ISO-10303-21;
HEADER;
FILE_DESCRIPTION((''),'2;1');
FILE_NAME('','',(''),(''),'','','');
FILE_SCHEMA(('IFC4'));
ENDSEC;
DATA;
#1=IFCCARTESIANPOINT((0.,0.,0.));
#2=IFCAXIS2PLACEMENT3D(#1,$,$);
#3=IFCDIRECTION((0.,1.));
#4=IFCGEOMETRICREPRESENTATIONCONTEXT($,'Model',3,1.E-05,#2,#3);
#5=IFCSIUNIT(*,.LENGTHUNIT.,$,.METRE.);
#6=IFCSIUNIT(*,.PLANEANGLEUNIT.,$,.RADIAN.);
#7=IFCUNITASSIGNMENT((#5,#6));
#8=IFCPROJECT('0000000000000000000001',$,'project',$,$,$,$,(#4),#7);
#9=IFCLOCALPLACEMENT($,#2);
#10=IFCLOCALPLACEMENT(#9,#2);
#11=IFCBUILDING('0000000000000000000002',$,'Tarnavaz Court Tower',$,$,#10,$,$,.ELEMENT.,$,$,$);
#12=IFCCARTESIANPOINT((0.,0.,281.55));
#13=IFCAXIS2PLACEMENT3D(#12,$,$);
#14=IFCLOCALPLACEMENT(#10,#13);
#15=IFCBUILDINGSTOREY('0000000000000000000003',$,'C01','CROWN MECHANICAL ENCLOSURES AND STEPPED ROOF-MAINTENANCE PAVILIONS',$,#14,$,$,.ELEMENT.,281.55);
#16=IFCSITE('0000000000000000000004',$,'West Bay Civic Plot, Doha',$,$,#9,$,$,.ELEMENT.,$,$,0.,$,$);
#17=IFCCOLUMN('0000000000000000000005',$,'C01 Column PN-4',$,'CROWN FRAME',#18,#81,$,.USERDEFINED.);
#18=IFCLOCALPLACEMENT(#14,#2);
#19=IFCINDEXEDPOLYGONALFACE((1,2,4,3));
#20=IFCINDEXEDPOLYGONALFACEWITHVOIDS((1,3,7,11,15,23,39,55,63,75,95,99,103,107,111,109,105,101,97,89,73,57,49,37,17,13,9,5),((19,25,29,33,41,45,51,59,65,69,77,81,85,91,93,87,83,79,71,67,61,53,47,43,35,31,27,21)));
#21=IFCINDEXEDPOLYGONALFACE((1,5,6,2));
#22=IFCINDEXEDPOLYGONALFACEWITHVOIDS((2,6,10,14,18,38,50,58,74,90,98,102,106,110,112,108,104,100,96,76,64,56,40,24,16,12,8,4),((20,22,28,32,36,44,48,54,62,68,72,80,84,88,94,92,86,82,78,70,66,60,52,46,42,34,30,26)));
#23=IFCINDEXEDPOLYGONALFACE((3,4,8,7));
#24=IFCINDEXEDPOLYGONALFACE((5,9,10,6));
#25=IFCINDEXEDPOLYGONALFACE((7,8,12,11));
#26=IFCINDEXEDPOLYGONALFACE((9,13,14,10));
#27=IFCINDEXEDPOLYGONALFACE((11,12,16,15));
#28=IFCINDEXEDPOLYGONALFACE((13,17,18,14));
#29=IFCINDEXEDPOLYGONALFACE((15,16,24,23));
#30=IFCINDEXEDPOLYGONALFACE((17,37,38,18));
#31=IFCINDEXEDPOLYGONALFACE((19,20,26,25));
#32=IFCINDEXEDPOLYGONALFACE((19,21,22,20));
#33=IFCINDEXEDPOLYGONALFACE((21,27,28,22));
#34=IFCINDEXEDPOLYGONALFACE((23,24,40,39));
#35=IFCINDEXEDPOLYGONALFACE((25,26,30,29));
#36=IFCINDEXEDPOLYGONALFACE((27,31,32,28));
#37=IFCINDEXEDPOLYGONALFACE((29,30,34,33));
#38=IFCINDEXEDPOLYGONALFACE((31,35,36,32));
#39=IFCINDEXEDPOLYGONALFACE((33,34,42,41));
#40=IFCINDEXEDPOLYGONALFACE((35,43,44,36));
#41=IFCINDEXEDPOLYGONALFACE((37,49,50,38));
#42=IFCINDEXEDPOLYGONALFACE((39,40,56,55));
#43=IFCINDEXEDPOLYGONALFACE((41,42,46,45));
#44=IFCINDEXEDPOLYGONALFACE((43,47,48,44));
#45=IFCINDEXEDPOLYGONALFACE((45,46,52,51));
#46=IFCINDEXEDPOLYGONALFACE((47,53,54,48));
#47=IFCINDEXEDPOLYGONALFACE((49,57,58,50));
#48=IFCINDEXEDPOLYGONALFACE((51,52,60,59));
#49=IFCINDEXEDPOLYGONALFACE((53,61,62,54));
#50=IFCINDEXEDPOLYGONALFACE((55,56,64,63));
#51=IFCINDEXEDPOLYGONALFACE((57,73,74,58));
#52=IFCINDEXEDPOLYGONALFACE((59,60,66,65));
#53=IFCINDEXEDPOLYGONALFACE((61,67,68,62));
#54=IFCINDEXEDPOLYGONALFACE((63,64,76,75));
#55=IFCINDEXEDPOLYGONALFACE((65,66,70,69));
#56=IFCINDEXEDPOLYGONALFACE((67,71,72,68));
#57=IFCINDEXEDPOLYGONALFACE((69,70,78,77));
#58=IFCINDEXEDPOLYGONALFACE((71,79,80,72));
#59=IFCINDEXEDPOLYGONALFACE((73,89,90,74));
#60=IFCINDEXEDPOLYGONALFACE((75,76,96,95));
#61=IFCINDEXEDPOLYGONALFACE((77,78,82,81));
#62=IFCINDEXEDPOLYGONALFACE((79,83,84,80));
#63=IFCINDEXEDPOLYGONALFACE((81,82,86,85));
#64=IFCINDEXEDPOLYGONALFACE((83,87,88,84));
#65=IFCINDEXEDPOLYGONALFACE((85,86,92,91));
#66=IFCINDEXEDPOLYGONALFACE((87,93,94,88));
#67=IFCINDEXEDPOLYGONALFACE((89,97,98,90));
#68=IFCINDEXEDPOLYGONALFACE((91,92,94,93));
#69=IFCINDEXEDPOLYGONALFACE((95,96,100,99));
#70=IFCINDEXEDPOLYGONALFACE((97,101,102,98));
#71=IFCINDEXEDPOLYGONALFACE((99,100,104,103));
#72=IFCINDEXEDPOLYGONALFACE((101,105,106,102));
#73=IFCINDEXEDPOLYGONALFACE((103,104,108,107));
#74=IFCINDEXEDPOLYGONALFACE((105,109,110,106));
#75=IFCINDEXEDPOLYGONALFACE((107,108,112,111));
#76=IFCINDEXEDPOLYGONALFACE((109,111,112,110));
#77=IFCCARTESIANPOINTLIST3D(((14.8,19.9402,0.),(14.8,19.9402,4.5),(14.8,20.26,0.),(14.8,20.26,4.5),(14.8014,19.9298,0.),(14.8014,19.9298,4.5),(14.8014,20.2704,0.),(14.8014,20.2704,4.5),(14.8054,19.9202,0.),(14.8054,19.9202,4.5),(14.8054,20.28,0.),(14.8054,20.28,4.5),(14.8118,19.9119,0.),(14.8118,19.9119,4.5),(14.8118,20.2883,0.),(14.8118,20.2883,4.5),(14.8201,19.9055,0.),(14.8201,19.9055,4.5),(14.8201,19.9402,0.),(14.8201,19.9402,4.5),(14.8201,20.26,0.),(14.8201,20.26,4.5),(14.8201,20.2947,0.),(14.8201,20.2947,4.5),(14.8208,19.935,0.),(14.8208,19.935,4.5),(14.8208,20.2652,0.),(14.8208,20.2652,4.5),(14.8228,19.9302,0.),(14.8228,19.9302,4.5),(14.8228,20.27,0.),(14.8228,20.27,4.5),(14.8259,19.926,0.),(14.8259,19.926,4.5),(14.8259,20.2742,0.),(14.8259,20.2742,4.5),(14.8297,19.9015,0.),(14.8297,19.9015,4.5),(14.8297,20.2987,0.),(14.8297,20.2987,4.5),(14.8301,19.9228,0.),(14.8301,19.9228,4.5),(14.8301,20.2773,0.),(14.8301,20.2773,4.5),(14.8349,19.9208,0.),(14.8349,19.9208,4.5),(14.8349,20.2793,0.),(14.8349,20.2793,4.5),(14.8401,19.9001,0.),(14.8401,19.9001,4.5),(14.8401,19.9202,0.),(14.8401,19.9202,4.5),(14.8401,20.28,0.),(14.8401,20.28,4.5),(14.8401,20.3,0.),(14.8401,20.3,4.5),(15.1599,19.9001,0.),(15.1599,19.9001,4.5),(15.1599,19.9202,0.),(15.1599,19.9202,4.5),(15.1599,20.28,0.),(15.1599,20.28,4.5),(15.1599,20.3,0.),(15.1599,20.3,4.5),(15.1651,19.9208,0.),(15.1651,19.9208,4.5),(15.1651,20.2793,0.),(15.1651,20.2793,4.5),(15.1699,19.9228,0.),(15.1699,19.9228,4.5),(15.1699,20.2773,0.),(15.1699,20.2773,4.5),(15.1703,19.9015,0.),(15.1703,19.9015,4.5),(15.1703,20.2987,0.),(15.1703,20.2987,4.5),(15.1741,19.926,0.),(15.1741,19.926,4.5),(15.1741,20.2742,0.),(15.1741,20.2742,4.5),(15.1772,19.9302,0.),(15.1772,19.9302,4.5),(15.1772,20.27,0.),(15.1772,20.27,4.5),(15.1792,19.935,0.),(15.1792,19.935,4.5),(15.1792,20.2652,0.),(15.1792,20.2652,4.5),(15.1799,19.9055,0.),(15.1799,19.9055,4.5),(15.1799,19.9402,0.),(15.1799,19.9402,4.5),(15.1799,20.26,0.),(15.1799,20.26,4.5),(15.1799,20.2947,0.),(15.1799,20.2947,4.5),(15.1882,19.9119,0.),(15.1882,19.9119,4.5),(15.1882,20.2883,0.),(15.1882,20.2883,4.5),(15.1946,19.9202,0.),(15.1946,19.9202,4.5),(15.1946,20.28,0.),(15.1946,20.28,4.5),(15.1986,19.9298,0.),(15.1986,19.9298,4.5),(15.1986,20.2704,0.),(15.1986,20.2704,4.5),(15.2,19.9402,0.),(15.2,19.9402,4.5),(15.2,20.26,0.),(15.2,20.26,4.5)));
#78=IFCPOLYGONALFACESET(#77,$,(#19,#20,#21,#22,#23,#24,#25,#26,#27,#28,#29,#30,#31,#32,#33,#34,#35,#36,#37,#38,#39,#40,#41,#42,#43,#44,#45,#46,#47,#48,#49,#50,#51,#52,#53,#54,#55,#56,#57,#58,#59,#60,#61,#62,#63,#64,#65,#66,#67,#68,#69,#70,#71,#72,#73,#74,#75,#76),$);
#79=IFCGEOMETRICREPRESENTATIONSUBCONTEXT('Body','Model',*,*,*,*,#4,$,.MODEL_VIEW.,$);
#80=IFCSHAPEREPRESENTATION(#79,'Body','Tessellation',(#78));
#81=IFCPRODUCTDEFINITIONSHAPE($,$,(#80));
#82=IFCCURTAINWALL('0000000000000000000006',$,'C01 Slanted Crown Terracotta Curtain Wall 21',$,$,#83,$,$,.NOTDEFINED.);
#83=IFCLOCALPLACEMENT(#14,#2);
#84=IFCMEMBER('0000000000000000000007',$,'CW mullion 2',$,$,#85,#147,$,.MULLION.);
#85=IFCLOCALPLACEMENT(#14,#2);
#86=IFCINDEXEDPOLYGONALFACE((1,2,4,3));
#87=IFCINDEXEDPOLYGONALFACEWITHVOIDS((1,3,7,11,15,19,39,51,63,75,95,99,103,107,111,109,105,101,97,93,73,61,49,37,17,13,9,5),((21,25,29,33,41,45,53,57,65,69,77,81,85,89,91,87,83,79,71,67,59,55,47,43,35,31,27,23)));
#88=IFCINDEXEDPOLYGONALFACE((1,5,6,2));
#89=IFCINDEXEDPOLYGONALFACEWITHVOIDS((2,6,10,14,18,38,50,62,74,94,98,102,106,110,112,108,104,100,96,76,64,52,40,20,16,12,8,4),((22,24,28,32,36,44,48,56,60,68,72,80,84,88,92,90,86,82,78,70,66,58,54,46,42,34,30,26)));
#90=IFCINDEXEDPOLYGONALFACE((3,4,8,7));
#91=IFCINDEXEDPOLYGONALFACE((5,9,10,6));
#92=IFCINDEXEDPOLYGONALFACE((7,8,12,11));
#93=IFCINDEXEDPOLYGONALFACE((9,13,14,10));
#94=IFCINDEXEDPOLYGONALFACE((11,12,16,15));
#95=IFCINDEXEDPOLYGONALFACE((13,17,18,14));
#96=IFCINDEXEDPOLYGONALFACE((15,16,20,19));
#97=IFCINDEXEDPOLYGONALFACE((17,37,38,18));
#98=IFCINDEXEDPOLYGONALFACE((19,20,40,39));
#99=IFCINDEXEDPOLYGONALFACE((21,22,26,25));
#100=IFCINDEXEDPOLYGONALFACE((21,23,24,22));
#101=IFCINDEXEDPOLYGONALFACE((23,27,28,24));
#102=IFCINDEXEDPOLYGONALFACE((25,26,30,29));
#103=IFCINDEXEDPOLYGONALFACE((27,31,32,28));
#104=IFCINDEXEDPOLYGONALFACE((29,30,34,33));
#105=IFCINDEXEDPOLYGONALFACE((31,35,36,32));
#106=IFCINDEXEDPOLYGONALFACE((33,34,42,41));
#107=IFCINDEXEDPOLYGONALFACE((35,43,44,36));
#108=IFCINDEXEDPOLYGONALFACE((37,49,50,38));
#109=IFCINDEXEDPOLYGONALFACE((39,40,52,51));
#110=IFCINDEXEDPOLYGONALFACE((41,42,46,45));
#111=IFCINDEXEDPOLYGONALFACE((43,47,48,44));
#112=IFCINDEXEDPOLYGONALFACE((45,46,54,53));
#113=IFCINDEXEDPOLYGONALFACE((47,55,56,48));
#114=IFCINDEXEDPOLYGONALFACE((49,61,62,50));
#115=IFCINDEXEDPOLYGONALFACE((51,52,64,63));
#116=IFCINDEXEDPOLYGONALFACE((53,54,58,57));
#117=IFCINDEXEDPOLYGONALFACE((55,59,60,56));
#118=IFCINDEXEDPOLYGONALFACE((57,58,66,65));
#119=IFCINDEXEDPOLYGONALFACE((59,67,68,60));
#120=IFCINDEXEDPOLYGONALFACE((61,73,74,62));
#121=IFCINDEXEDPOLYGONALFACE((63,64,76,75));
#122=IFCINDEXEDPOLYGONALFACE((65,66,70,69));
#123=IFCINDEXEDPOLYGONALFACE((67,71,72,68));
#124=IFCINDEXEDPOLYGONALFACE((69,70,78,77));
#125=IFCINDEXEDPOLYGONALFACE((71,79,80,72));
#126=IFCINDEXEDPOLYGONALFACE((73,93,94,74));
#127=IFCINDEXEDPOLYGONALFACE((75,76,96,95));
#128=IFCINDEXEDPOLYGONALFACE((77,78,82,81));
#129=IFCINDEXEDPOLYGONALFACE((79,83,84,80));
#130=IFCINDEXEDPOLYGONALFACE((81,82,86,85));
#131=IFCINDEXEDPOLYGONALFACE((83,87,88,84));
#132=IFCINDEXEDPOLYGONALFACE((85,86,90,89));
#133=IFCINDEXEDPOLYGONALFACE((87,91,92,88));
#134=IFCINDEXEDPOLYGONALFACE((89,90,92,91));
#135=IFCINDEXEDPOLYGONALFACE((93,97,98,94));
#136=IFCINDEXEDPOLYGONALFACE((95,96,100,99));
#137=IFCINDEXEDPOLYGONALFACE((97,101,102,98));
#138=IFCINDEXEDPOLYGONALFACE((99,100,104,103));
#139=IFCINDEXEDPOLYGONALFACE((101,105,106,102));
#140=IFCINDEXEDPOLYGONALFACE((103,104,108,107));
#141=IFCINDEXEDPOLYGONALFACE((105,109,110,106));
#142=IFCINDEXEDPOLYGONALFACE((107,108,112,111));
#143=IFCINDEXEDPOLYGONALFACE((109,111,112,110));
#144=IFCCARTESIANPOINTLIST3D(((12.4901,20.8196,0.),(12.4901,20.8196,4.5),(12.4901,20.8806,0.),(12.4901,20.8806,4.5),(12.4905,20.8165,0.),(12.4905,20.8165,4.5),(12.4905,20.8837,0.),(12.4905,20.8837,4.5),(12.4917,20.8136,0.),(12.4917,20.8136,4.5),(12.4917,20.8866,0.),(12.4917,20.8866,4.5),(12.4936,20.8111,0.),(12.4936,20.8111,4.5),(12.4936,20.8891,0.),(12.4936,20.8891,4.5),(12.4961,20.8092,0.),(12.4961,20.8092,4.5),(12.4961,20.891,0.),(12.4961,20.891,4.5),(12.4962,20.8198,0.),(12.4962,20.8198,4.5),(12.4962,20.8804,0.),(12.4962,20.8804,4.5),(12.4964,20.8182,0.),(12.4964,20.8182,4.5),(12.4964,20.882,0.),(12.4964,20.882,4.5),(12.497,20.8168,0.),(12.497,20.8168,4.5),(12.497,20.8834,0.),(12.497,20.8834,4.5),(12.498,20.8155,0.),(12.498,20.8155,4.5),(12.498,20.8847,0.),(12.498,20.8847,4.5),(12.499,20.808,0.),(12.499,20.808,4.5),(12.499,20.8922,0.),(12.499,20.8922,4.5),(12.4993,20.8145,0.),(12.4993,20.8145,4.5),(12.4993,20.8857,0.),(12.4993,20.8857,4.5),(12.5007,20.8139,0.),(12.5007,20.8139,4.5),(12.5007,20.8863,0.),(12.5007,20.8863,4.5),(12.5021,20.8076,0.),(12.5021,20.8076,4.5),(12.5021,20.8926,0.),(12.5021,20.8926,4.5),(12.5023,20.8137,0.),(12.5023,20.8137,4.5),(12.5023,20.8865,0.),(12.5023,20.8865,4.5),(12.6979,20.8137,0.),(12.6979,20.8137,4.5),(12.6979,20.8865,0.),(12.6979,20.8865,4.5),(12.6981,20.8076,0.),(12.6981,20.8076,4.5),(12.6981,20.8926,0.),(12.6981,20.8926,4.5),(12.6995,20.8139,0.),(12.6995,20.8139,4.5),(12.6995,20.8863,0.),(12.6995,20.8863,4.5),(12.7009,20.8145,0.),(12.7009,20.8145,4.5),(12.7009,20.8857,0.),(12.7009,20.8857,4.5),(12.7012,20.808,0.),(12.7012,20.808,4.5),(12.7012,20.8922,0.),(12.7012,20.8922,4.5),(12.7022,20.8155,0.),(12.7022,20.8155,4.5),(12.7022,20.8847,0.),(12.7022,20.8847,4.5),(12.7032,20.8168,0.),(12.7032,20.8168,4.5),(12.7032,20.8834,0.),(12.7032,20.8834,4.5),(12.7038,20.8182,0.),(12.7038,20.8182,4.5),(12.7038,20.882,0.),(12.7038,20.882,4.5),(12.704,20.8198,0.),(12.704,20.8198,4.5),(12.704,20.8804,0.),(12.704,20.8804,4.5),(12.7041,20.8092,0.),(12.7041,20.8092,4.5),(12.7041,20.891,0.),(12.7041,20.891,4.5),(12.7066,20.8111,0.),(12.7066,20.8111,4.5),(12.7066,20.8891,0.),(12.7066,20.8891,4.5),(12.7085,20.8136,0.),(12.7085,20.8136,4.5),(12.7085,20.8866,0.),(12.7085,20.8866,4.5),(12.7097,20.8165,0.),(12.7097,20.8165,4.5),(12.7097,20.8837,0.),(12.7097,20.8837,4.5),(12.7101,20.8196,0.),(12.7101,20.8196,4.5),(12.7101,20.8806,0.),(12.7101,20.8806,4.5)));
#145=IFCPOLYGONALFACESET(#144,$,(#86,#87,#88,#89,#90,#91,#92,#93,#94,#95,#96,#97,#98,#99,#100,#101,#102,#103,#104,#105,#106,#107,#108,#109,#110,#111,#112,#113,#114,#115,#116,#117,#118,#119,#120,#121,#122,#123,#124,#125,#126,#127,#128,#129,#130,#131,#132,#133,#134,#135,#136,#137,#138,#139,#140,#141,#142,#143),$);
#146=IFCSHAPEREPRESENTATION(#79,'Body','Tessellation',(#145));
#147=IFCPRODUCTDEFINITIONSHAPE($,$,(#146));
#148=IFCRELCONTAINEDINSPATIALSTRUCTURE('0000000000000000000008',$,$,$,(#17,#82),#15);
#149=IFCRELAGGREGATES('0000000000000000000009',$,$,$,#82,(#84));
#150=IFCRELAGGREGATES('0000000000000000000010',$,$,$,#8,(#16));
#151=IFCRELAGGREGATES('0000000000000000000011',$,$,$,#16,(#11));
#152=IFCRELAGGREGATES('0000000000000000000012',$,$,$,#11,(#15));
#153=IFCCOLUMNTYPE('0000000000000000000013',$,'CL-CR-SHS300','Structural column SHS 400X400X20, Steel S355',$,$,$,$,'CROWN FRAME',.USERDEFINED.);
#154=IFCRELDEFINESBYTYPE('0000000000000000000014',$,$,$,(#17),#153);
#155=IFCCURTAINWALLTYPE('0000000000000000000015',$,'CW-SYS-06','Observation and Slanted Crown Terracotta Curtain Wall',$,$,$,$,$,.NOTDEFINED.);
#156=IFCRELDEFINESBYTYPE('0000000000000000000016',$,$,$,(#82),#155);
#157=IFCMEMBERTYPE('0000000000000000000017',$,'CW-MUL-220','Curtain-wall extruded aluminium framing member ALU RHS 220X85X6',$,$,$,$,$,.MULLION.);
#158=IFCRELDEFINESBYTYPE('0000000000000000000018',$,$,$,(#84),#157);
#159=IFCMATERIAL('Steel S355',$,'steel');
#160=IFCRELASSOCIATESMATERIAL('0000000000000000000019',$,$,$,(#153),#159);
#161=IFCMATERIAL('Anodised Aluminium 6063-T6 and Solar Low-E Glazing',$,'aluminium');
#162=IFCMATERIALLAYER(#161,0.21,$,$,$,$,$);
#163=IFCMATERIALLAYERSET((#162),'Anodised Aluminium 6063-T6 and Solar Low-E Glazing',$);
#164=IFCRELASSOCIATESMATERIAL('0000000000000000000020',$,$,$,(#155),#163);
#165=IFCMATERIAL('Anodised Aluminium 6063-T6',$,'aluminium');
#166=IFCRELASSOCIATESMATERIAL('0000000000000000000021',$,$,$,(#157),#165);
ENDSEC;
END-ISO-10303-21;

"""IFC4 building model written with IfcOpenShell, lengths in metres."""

from ifc_helpers import new_model, si_unit, direction, frame, origin, origin_2d, place, context, subcontext, project, spatial, hollow_rectangle, extrude, material, layer, layer_set, material_profile, profile_set, type_object, element, aggregate, save


model = new_model("IFC4")

# Units and contexts
model_context = context("Model", 3, precision=1e-05, world=origin(), true_north=direction((0.0, 1.0)))
body_context = subcontext(model_context, "Body", "Model", "MODEL_VIEW")
ifc_project = project(units=[si_unit("LENGTHUNIT", "METRE"), si_unit("PLANEANGLEUNIT", "RADIAN")], contexts=[model_context])

# Site, building, storey
site_placement = place(None, origin())
site = spatial("IfcSite", under=ifc_project, at=site_placement, Name="West Bay Civic Plot, Doha", CompositionType="ELEMENT", RefElevation=0.0)
building_placement = place(site_placement, origin())
building = spatial("IfcBuilding", under=site, at=building_placement, Name="Tarnavaz Court Tower", CompositionType="ELEMENT")
storey_placement = place(building_placement, frame((0.0, 0.0, 281.55)))
storey = spatial("IfcBuildingStorey", under=building, at=storey_placement, Name="C01", Description="CROWN MECHANICAL ENCLOSURES AND STEPPED ROOF-MAINTENANCE PAVILIONS", CompositionType="ELEMENT", Elevation=281.55)

# Column
ifc_material_1 = material(Name="Steel S355", Category="steel")
ifc_material_profile_1 = material_profile(ifc_material_1, hollow_rectangle(XDim=0.3999, YDim=0.3999, WallThickness=0.02, InnerFilletRadius=0.02, OuterFilletRadius=0.04, at=origin_2d()), Name="SHS 400X400X20")
ifc_profile_set_1 = profile_set([ifc_material_profile_1], Name="Steel S355")
column_type = type_object("IfcColumnType", Name="CL-CR-SHS300", Description="Structural column SHS 400X400X20, Steel S355", ElementType="CROWN FRAME", PredefinedType="USERDEFINED", material=ifc_profile_set_1)
column_placement = place(storey_placement, frame((15.0, 20.1001, 0.0), z_axis=(0.0, 0.0, 1.0), x_axis=(1.0, 0.0, 0.0)))
element("IfcColumn", 1, at=column_placement, inside=storey, type_object=column_type, Name="C01 Column PN-4", ObjectType="CROWN FRAME", PredefinedType="USERDEFINED", context=body_context, shape_type="SweptSolid", body=[
    extrude(hollow_rectangle(XDim=0.3999, YDim=0.3999, WallThickness=0.02, InnerFilletRadius=0.02, OuterFilletRadius=0.04, at=origin_2d()), origin(), (0.0, 0.0, 1.0), 4.5),
])

# Curtain wall, member
ifc_material_2 = material(Name="Anodised Aluminium 6063-T6 and Solar Low-E Glazing", Category="aluminium")
ifc_layer_1 = layer(ifc_material_2, 0.21)
ifc_layer_set_1 = layer_set([ifc_layer_1], Name="Anodised Aluminium 6063-T6 and Solar Low-E Glazing")
curtain_wall_type = type_object("IfcCurtainWallType", Name="CW-SYS-06", Description="Observation and Slanted Crown Terracotta Curtain Wall", PredefinedType="NOTDEFINED", material=ifc_layer_set_1)
curtain_wall_1_placement = place(storey_placement, origin())
curtain_wall_1 = element("IfcCurtainWall", 2, at=curtain_wall_1_placement, inside=storey, type_object=curtain_wall_type, Name="C01 Slanted Crown Terracotta Curtain Wall 21", PredefinedType="NOTDEFINED")
ifc_material_3 = material(Name="Anodised Aluminium 6063-T6", Category="aluminium")
ifc_material_profile_2 = material_profile(ifc_material_3, hollow_rectangle(XDim=0.085, YDim=0.22, WallThickness=0.0061, InnerFilletRadius=0.0061, OuterFilletRadius=0.012, at=origin_2d()), Name="ALU RHS 220X85X6")
ifc_profile_set_2 = profile_set([ifc_material_profile_2], Name="Anodised Aluminium 6063-T6")
member_type_1 = type_object("IfcMemberType", Name="CW-MUL-220", Description="Curtain-wall extruded aluminium framing member ALU RHS 220X85X6", PredefinedType="MULLION", material=ifc_profile_set_2)
member_1_placement = place(storey_placement, frame((12.6001, 20.8501, 0.0), z_axis=(0.0, 0.0, 1.0), x_axis=(0.0, 1.0, 0.0)))
member_1 = element("IfcMember", 3, at=member_1_placement, type_object=member_type_1, Name="CW mullion 2", PredefinedType="MULLION", context=body_context, shape_type="SweptSolid", body=[
    extrude(hollow_rectangle(XDim=0.085, YDim=0.22, WallThickness=0.0061, InnerFilletRadius=0.0061, OuterFilletRadius=0.012, at=origin_2d()), origin(), (0.0, 0.0, 1.0), 4.5),
])

aggregate(curtain_wall_1, [member_1])

save(model, "model.ifc")
